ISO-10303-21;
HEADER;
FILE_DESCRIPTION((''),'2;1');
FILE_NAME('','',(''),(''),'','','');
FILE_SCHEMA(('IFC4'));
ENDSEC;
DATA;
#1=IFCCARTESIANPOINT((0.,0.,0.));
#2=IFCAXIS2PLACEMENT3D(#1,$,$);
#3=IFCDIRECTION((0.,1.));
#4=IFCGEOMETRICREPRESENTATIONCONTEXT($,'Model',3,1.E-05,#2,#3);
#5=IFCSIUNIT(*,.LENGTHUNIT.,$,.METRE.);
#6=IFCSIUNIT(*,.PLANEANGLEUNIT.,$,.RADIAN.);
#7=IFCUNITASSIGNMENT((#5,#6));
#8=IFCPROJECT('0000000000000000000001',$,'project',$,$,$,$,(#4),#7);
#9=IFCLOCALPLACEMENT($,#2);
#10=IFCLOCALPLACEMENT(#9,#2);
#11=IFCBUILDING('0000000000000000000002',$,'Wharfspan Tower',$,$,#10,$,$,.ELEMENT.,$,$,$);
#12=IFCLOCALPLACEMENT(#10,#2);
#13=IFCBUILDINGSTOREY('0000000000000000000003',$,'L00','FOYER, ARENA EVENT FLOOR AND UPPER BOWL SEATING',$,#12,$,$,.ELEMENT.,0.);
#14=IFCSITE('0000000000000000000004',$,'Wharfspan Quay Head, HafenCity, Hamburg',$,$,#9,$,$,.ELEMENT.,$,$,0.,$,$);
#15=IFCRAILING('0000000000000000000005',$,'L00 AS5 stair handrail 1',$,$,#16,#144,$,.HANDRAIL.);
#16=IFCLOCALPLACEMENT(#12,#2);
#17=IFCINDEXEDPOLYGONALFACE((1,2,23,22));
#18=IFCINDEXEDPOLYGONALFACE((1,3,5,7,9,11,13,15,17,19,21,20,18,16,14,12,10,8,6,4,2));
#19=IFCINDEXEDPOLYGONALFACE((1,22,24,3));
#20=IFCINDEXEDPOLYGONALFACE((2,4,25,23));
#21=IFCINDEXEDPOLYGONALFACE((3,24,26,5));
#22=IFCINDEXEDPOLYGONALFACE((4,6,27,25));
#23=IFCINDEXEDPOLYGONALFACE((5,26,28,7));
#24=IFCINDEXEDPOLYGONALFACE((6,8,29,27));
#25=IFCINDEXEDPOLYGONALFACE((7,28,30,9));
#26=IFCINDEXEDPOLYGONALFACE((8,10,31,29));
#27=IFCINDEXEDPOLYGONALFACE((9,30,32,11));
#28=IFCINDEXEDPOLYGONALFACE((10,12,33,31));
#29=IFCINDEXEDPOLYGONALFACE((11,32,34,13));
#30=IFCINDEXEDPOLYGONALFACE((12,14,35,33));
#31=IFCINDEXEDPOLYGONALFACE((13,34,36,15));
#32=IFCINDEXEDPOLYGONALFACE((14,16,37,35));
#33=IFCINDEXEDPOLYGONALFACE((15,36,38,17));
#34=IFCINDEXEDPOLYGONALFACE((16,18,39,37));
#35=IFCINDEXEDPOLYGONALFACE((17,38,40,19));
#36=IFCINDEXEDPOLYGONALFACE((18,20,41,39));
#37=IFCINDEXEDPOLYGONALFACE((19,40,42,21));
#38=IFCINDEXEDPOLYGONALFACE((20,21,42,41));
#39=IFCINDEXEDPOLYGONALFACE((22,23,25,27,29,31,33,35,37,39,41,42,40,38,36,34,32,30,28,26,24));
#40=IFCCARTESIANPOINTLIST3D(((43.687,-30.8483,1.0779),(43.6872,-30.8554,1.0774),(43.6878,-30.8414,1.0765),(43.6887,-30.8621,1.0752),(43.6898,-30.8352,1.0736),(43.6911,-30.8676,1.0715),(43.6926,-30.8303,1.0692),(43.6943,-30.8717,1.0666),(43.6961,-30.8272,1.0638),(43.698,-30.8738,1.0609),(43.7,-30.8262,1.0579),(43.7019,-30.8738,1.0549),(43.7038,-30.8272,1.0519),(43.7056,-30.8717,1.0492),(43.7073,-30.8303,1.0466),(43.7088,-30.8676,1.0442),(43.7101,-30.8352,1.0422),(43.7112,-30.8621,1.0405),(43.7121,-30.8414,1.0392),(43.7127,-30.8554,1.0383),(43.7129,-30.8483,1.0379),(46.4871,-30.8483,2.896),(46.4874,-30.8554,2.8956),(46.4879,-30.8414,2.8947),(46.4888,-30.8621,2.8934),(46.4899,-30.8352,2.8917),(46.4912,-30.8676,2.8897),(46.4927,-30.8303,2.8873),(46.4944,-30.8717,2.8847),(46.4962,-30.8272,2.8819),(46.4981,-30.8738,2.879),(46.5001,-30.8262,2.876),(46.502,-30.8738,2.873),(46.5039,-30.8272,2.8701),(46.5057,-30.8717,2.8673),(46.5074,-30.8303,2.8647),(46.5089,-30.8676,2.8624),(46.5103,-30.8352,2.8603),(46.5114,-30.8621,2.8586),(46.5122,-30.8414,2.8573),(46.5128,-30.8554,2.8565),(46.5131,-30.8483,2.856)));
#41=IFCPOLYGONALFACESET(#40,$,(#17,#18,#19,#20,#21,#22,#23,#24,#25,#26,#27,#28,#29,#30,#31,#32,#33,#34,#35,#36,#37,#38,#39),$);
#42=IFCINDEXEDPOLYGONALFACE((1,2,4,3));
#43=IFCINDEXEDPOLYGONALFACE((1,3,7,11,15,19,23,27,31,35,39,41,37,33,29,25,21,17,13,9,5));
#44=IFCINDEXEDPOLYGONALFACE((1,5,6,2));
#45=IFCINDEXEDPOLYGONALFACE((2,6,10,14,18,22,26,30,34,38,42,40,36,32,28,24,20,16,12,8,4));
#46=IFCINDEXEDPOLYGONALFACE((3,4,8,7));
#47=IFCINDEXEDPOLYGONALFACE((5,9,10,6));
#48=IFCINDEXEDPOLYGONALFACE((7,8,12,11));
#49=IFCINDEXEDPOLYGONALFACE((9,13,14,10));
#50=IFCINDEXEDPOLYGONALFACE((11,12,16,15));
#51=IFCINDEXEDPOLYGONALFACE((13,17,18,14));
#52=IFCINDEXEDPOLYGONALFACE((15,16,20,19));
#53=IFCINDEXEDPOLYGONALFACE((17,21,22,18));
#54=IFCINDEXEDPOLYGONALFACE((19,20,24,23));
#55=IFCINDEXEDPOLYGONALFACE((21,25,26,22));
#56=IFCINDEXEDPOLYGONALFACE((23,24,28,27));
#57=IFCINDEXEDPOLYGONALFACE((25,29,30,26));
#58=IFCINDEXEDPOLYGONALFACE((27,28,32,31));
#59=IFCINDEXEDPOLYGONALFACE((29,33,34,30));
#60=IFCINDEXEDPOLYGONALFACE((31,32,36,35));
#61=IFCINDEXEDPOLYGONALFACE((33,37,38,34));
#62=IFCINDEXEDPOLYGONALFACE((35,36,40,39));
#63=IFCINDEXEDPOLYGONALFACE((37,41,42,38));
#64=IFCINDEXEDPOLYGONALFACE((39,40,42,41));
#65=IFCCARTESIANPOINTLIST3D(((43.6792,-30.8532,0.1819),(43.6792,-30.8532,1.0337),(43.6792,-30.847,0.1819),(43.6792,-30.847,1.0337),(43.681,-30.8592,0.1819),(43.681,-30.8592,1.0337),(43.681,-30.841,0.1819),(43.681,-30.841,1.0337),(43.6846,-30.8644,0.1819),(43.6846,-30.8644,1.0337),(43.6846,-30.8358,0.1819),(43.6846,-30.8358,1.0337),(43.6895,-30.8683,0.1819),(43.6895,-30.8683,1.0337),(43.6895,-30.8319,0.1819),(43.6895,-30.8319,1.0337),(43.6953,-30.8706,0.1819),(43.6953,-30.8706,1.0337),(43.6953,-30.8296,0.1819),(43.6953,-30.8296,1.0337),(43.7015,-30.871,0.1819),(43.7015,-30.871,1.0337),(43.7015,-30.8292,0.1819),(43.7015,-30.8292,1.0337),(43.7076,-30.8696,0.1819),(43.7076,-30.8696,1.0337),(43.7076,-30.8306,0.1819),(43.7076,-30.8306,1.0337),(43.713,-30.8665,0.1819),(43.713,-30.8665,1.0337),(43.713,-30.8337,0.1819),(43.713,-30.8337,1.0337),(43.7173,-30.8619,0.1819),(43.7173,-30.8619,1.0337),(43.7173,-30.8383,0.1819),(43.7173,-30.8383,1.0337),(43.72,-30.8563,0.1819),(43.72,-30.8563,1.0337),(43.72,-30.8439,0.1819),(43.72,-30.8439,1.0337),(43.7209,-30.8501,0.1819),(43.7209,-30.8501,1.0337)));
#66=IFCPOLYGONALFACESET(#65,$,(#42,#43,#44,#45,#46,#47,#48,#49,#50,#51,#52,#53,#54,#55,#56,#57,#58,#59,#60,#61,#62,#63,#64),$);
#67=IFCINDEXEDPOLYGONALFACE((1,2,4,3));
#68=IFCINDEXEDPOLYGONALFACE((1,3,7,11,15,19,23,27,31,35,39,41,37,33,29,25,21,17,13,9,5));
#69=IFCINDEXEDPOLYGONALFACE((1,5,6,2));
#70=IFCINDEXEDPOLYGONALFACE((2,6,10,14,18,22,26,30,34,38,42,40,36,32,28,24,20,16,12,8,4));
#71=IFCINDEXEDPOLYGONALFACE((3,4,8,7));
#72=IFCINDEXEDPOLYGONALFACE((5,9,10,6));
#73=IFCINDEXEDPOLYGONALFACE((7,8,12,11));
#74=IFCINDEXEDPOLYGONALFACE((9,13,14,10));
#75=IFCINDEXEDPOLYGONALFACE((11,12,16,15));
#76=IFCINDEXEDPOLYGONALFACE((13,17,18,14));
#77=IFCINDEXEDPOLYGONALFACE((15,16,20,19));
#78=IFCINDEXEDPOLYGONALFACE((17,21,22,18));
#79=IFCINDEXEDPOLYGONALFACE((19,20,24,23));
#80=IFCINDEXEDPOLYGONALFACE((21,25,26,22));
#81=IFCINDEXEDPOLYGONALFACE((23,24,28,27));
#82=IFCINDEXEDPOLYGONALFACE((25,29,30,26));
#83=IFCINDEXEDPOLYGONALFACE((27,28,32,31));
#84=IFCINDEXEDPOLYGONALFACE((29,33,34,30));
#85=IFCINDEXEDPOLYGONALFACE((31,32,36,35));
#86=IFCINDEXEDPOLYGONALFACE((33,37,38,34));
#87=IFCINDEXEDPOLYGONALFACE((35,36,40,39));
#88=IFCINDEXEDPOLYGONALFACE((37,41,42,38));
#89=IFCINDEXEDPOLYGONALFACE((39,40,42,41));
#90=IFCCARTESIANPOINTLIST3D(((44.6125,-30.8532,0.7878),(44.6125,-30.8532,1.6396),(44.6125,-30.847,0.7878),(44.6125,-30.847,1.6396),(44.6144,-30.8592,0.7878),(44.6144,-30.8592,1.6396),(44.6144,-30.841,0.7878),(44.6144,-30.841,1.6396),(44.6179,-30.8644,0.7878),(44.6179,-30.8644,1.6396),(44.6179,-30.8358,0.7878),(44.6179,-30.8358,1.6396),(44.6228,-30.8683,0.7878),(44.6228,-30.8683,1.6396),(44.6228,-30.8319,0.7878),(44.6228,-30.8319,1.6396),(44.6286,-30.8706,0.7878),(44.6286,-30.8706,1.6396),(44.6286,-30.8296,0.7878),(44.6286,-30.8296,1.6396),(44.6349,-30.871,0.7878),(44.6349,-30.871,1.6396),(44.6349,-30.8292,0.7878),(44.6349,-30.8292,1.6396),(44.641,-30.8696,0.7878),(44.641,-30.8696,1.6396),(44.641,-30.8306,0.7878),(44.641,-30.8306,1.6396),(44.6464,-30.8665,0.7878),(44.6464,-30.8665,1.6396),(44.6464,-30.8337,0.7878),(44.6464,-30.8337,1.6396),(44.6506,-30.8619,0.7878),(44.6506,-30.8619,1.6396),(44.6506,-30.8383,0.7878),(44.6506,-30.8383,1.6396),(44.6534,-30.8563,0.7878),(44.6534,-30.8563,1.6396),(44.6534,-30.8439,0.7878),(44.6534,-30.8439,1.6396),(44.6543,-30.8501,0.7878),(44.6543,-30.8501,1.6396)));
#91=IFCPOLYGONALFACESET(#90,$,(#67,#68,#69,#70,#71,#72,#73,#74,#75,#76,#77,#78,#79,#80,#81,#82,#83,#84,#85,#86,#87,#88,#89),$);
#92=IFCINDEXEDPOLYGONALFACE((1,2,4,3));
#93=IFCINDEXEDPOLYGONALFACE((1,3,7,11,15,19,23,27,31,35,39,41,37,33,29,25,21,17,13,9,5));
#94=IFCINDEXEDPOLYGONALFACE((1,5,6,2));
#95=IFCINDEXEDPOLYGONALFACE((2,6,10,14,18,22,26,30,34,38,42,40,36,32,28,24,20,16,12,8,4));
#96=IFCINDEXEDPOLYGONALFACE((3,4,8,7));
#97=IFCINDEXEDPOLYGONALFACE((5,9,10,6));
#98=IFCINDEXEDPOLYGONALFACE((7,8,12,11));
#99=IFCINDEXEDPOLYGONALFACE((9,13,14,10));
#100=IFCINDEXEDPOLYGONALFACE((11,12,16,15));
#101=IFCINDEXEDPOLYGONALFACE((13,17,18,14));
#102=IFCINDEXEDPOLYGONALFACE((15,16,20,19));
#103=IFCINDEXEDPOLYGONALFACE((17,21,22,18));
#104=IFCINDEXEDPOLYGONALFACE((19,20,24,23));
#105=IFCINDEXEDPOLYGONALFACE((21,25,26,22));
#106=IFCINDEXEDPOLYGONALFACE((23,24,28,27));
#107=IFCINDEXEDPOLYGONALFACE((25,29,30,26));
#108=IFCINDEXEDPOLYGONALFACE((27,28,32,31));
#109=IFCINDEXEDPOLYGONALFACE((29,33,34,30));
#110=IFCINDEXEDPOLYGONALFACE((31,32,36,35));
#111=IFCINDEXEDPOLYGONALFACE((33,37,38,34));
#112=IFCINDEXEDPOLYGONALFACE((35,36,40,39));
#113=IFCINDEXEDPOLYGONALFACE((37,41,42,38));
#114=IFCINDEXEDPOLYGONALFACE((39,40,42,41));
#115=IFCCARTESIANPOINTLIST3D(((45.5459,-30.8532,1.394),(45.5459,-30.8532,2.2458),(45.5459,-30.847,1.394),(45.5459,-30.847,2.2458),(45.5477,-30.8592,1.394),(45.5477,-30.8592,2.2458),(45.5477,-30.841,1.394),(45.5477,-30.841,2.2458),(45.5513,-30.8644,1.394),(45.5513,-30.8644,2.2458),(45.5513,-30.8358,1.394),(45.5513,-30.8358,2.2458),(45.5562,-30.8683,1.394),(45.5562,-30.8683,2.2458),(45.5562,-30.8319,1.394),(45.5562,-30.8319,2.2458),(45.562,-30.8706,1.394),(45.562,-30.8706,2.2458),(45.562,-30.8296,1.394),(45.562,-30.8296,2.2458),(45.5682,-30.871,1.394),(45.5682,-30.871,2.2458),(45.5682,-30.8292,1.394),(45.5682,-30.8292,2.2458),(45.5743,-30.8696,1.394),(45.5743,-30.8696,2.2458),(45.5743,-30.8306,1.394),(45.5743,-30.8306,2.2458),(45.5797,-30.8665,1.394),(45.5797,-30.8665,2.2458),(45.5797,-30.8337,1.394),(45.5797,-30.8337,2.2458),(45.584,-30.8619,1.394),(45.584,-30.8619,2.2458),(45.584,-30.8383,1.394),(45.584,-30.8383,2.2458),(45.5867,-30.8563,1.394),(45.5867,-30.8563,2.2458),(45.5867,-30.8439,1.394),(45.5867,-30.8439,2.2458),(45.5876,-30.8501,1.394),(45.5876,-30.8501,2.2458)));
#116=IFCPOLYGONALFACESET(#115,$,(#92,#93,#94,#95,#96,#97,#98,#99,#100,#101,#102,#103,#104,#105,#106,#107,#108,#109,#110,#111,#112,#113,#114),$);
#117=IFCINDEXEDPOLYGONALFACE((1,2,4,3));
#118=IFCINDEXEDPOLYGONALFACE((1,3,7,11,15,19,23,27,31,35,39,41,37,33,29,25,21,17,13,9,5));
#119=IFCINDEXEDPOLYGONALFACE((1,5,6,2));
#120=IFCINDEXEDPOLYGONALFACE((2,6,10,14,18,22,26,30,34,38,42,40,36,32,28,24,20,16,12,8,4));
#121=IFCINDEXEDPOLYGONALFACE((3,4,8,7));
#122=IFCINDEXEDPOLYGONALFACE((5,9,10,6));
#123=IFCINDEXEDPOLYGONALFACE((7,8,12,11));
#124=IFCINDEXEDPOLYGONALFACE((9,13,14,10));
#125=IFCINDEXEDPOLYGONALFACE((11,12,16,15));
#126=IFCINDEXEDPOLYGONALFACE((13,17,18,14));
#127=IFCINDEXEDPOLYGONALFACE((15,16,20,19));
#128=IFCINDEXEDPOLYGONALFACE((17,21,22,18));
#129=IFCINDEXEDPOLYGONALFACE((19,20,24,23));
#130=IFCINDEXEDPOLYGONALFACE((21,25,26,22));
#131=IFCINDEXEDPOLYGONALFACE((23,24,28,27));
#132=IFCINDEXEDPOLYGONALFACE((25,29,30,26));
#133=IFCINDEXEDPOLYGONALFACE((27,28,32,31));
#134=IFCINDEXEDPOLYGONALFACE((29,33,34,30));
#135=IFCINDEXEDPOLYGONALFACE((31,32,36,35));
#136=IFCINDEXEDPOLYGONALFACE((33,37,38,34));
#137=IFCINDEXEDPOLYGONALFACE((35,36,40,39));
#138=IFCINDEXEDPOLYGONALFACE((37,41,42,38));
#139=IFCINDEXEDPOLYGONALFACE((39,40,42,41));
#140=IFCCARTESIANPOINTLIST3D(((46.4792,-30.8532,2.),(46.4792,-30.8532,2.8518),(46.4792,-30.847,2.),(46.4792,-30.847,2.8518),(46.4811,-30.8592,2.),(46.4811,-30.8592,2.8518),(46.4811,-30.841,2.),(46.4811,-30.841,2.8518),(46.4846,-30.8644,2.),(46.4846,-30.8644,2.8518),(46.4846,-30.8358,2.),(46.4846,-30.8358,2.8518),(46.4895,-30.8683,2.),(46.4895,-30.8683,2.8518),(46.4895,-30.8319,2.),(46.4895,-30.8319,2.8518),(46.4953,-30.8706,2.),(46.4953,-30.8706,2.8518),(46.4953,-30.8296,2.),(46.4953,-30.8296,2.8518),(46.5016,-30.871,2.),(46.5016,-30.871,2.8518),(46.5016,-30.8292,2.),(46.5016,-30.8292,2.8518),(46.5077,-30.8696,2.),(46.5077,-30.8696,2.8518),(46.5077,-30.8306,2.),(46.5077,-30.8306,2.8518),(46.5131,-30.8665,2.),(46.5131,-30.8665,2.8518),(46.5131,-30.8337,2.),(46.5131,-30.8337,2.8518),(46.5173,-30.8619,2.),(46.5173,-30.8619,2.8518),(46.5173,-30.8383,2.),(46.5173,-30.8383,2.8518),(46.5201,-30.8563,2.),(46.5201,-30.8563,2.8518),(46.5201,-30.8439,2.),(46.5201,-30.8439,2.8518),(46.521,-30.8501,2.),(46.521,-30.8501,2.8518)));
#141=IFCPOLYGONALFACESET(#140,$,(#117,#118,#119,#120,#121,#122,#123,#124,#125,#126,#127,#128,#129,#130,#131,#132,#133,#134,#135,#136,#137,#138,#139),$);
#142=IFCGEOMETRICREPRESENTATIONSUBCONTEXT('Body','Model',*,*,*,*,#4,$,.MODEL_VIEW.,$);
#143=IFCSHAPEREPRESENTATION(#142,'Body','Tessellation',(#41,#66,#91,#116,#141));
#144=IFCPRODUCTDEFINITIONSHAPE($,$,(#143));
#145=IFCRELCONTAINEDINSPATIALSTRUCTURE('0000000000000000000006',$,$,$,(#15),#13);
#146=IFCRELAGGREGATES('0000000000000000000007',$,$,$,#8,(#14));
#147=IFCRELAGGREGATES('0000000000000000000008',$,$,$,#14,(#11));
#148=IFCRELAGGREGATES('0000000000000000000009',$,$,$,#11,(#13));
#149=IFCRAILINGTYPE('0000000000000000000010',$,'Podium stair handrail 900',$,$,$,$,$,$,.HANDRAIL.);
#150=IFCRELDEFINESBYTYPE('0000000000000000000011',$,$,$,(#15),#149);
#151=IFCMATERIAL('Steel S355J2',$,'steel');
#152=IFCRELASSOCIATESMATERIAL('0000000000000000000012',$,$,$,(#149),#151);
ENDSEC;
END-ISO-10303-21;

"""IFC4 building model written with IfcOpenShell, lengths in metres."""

from ifc_helpers import new_model, si_unit, direction, frame, origin, origin_2d, place, context, subcontext, project, spatial, circle, extrude, material, type_object, element, save


model = new_model("IFC4")

# Units and contexts
model_context = context("Model", 3, precision=1e-05, world=origin(), true_north=direction((0.0, 1.0)))
body_context = subcontext(model_context, "Body", "Model", "MODEL_VIEW")
ifc_project = project(units=[si_unit("LENGTHUNIT", "METRE"), si_unit("PLANEANGLEUNIT", "RADIAN")], contexts=[model_context])

# Site, building, storey
site_placement = place(None, origin())
site = spatial("IfcSite", under=ifc_project, at=site_placement, Name="Wharfspan Quay Head, HafenCity, Hamburg", CompositionType="ELEMENT", RefElevation=0.0)
building_placement = place(site_placement, origin())
building = spatial("IfcBuilding", under=site, at=building_placement, Name="Wharfspan Tower", CompositionType="ELEMENT")
storey_placement = place(building_placement, origin())
storey = spatial("IfcBuildingStorey", under=building, at=storey_placement, Name="L00", Description="FOYER, ARENA EVENT FLOOR AND UPPER BOWL SEATING", CompositionType="ELEMENT", Elevation=0.0)

# Shared definitions
ifc_material_1 = material(Name="Steel S355J2", Category="steel")

# Railing
railing_type = type_object("IfcRailingType", Name="Podium stair handrail 900", PredefinedType="HANDRAIL", material=ifc_material_1)
railing_placement = place(storey_placement, frame((43.7, -30.8501, 0.1819)))
element("IfcRailing", 1, at=railing_placement, inside=storey, type_object=railing_type, Name="L00 AS5 stair handrail 1", PredefinedType="HANDRAIL", context=body_context, shape_type="SweptSolid", body=[
    extrude(circle(Radius=0.0239, at=origin_2d()), frame((0.0, 0.0, 0.876), z_axis=(0.838706, 0.0, 0.544585), x_axis=(0.0, 1.0, 0.0)), (0.0, 0.0, 1.0), 3.3386),
    extrude(circle(Radius=0.021, at=origin_2d()), origin(), (0.0, 0.0, 1.0), 0.8518),
    extrude(circle(Radius=0.021, at=origin_2d()), frame((0.9334, 0.0, 0.606)), (0.0, 0.0, 1.0), 0.8518),
    extrude(circle(Radius=0.021, at=origin_2d()), frame((1.8667, 0.0, 1.2122)), (0.0, 0.0, 1.0), 0.8518),
    extrude(circle(Radius=0.021, at=origin_2d()), frame((2.8, 0.0, 1.8181)), (0.0, 0.0, 1.0), 0.8518),
])

save(model, "model.ifc")
